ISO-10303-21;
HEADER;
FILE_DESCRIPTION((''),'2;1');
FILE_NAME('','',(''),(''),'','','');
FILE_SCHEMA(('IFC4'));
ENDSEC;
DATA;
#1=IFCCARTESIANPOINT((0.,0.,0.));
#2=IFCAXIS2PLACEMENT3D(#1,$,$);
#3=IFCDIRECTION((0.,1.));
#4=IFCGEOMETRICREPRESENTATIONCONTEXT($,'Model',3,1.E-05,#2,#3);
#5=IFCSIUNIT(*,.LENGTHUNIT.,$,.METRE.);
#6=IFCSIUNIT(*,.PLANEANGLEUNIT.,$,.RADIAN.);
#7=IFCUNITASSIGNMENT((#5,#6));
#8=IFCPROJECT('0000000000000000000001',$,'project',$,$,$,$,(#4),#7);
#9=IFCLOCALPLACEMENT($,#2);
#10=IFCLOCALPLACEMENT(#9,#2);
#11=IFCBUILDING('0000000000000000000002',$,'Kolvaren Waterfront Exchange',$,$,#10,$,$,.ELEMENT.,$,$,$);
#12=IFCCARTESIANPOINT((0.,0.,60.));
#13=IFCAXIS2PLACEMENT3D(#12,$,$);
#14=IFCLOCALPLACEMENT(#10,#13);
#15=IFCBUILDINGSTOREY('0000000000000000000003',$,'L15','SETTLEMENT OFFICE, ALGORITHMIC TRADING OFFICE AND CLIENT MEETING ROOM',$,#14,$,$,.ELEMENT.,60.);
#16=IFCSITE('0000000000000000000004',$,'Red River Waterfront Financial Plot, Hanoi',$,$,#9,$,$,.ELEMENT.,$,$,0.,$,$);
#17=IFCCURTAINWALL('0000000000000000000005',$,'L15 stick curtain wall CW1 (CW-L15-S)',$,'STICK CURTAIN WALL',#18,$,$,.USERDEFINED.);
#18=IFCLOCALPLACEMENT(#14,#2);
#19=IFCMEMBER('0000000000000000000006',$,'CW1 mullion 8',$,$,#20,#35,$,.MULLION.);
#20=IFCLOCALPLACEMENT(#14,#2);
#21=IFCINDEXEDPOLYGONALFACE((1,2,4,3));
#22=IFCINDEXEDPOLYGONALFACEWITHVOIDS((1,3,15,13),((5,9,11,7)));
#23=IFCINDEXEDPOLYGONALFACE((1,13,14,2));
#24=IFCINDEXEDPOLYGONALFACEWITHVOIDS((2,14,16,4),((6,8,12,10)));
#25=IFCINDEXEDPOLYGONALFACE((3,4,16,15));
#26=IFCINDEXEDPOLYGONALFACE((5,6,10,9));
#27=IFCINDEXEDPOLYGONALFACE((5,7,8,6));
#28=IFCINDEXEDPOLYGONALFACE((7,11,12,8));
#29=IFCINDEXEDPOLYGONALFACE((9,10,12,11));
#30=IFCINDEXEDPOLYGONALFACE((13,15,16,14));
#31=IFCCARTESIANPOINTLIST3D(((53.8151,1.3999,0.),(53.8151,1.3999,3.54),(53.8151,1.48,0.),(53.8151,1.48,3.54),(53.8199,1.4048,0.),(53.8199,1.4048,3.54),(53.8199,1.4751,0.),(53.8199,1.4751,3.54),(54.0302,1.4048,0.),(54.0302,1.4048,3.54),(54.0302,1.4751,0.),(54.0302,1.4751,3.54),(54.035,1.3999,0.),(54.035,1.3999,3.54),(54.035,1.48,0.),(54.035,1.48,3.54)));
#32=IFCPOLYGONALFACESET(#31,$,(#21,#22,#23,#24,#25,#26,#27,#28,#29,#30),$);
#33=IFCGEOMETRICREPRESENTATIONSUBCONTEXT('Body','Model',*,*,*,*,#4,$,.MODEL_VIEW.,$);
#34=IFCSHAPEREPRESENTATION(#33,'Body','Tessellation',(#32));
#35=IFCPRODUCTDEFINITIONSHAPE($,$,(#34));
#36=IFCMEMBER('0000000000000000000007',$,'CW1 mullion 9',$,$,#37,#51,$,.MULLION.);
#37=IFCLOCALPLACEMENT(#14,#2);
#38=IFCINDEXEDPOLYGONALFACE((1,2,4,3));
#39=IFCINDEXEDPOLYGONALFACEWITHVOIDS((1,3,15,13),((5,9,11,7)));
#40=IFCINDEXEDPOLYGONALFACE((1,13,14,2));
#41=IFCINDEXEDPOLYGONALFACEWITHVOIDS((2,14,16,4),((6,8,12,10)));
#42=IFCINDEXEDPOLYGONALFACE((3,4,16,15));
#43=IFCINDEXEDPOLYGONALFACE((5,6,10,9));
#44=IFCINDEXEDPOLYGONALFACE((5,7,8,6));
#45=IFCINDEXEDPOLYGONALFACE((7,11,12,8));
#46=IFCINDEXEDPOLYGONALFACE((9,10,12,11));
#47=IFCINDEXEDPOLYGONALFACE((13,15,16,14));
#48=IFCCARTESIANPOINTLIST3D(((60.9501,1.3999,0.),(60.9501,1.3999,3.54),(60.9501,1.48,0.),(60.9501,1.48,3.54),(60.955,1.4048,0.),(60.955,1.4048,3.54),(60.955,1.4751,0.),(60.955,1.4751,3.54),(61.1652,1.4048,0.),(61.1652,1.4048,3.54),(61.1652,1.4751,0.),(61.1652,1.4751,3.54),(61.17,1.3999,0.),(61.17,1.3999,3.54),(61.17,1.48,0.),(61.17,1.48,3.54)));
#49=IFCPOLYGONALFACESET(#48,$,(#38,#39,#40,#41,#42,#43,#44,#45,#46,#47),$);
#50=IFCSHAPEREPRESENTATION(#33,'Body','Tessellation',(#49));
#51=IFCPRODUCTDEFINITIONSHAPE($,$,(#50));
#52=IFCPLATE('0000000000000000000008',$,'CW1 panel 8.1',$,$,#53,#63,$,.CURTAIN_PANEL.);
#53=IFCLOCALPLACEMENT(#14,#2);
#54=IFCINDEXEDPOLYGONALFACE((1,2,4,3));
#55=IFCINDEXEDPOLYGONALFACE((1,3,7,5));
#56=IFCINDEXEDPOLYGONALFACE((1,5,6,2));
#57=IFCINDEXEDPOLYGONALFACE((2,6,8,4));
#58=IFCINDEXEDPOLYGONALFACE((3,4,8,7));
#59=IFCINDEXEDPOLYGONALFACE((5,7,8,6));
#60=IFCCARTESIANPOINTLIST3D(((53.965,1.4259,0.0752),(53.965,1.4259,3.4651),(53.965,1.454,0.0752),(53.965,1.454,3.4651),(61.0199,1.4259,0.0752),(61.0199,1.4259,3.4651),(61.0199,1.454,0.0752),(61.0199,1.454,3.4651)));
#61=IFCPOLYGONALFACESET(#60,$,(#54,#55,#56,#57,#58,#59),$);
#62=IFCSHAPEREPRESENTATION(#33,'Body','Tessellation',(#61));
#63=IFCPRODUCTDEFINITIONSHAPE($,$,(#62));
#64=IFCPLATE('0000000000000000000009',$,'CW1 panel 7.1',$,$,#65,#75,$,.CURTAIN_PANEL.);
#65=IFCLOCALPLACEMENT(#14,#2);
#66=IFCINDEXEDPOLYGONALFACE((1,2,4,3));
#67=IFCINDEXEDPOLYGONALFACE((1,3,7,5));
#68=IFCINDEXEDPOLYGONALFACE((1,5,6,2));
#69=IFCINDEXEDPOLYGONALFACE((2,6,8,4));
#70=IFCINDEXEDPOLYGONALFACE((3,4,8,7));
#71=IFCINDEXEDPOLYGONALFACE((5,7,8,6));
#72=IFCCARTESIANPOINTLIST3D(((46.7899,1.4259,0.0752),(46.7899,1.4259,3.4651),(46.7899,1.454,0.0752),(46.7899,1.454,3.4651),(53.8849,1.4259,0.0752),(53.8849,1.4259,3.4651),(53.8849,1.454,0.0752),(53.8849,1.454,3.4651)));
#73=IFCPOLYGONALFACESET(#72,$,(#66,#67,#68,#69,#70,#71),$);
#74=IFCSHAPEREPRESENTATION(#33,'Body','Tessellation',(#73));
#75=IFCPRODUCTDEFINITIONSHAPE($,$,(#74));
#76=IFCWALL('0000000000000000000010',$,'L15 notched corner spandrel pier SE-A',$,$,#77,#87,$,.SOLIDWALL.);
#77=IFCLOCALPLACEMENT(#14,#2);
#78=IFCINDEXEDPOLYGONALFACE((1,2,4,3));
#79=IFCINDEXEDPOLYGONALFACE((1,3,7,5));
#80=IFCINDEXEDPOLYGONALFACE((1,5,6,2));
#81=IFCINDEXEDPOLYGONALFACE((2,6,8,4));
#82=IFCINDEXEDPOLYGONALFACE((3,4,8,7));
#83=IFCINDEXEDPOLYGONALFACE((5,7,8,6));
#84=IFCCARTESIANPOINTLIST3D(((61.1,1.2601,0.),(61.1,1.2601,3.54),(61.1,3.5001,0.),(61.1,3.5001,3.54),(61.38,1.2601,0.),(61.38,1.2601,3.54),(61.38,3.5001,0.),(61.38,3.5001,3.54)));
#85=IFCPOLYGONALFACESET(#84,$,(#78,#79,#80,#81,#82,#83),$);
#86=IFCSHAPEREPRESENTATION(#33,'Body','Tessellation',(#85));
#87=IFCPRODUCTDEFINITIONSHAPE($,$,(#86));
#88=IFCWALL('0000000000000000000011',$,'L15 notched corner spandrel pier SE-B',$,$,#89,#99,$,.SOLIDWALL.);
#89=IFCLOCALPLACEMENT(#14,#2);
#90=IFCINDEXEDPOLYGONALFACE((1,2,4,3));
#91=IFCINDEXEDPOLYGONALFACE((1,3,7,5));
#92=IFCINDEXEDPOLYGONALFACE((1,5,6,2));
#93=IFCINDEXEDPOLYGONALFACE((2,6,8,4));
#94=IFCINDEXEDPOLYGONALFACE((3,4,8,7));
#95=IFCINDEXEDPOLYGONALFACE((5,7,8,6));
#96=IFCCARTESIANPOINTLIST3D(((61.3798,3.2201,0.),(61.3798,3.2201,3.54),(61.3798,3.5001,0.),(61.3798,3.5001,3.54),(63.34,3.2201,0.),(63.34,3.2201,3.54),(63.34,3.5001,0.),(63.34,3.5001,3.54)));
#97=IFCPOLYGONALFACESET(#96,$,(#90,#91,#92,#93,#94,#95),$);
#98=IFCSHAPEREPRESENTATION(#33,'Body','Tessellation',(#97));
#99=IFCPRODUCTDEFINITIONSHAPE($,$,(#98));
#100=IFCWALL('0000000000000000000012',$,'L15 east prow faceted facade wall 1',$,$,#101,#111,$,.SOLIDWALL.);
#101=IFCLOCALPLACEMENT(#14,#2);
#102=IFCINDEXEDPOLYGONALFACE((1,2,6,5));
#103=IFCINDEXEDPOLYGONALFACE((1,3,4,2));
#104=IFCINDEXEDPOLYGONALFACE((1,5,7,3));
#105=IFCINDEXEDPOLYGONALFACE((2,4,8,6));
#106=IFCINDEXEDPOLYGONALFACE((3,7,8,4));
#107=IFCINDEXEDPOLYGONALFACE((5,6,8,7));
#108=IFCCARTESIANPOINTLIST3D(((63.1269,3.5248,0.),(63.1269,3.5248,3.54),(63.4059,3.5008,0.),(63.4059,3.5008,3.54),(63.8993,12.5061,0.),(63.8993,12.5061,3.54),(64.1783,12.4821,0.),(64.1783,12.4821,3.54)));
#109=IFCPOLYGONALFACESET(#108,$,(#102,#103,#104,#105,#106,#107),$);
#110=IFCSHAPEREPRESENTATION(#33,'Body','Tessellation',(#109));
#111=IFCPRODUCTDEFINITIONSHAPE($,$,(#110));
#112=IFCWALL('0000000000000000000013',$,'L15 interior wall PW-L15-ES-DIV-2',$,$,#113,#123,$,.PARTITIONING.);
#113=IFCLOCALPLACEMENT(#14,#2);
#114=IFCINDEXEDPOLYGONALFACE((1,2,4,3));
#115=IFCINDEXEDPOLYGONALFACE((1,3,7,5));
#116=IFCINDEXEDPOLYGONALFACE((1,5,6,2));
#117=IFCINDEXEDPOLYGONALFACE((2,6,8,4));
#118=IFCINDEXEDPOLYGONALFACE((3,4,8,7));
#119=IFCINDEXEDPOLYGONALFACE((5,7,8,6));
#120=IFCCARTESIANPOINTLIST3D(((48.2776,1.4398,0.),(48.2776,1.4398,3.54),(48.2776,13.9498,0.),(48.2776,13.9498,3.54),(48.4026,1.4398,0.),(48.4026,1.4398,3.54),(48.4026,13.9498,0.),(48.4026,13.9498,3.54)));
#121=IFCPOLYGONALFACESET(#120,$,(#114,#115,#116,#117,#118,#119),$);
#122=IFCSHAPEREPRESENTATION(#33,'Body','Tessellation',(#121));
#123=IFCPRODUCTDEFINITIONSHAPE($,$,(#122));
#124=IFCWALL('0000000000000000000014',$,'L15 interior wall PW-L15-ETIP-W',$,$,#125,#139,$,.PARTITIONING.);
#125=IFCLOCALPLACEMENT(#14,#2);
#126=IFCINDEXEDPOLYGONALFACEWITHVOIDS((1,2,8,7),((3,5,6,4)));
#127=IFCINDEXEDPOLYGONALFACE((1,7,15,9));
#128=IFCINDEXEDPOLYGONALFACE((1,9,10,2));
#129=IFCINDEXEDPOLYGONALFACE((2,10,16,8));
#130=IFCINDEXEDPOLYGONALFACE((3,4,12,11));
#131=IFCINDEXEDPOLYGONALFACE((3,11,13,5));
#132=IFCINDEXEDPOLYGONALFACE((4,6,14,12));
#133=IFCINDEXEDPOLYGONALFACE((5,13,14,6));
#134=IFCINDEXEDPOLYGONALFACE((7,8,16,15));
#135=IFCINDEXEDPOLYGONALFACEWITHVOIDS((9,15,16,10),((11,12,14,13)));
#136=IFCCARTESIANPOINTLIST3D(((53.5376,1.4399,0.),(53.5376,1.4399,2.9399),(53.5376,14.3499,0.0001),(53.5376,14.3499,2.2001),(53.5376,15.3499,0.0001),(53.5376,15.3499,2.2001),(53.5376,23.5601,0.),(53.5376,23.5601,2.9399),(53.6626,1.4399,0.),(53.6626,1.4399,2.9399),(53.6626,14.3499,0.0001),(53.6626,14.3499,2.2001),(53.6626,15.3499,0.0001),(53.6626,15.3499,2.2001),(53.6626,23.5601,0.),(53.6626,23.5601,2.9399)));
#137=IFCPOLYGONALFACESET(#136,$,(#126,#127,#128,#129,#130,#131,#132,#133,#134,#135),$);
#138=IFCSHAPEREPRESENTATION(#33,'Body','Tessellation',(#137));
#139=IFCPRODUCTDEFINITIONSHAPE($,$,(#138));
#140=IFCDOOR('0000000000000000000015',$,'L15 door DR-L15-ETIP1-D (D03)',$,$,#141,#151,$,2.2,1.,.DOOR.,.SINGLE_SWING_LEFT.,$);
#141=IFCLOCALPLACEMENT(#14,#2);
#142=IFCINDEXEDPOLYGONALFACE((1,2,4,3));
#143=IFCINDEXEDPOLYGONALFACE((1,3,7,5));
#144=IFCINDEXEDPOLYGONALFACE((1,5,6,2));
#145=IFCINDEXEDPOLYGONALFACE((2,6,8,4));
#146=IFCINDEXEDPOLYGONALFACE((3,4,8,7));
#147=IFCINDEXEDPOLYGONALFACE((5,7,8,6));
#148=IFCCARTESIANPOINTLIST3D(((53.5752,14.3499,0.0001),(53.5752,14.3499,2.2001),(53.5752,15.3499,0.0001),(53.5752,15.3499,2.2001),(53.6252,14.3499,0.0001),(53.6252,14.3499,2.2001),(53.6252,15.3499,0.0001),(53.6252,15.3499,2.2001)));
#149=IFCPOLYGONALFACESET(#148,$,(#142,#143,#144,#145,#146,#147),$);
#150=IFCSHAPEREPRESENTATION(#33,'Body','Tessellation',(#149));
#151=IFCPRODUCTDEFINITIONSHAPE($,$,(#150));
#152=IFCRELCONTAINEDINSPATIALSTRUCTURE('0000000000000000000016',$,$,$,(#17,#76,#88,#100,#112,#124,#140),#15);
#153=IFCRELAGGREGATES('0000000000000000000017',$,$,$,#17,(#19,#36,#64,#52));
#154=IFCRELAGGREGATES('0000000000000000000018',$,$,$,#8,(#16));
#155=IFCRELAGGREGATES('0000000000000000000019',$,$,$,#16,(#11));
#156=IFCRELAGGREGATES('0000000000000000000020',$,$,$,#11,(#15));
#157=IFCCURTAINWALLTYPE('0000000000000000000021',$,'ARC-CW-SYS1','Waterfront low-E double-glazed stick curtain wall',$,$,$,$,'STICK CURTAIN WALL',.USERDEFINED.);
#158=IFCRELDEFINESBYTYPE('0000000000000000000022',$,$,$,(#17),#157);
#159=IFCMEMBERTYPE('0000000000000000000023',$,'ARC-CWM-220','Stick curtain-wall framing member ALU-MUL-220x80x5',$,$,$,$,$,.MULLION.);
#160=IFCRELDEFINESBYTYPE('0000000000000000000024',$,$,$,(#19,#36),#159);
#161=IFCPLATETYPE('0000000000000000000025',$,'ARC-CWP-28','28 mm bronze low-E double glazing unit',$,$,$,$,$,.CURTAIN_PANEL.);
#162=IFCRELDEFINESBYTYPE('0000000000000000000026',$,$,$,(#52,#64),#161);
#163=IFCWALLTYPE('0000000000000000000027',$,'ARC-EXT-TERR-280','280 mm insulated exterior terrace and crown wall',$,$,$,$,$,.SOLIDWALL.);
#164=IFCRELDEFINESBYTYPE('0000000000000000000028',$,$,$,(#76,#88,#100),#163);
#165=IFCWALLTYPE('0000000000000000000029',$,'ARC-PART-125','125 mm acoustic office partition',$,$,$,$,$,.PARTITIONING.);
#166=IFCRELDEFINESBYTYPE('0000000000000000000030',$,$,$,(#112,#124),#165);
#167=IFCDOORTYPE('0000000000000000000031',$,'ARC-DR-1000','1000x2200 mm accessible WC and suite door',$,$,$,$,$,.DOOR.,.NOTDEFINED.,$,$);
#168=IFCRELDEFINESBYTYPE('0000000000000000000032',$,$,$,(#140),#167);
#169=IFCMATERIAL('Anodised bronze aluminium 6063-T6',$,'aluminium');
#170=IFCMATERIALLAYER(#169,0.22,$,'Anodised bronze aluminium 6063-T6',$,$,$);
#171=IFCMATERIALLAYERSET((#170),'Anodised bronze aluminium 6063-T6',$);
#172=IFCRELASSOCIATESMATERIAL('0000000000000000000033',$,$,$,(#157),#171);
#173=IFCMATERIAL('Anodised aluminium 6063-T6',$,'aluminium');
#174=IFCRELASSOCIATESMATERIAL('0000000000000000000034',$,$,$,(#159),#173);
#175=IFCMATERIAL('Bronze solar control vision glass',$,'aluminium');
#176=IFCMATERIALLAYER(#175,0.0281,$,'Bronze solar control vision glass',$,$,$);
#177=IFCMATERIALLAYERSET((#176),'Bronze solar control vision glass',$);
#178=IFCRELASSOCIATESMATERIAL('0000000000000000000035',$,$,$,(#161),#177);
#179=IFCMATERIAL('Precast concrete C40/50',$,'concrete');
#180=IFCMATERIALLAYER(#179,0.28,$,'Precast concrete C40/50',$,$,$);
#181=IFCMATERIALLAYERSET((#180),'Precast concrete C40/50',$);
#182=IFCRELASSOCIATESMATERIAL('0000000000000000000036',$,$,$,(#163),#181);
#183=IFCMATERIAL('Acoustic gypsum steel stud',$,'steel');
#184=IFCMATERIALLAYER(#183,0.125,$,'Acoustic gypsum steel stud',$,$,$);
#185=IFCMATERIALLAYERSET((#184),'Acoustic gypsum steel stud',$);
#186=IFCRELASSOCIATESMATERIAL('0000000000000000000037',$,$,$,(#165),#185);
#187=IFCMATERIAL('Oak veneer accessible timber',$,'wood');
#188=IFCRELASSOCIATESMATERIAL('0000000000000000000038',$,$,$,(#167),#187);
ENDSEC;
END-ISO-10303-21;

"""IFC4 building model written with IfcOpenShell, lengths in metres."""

from ifc_helpers import new_model, si_unit, direction, frame, frame_2d, origin, origin_with_axes, origin_2d, place, context, subcontext, project, spatial, rectangle, hollow_rectangle, extrude, source, transform, mapped, material, layer, layer_set, material_profile, profile_set, type_object, element, fill, aggregate, save


model = new_model("IFC4")

# Units and contexts
model_context = context("Model", 3, precision=1e-05, world=origin(), true_north=direction((0.0, 1.0)))
body_context = subcontext(model_context, "Body", "Model", "MODEL_VIEW")
ifc_project = project(units=[si_unit("LENGTHUNIT", "METRE"), si_unit("PLANEANGLEUNIT", "RADIAN")], contexts=[model_context])

# Site, building, storey
site_placement = place(None, origin())
site = spatial("IfcSite", under=ifc_project, at=site_placement, Name="Red River Waterfront Financial Plot, Hanoi", CompositionType="ELEMENT", RefElevation=0.0)
building_placement = place(site_placement, origin())
building = spatial("IfcBuilding", under=site, at=building_placement, Name="Kolvaren Waterfront Exchange", CompositionType="ELEMENT")
storey_placement = place(building_placement, frame((0.0, 0.0, 60.0)))
storey = spatial("IfcBuildingStorey", under=building, at=storey_placement, Name="L15", Description="SETTLEMENT OFFICE, ALGORITHMIC TRADING OFFICE AND CLIENT MEETING ROOM", CompositionType="ELEMENT", Elevation=60.0)

# Curtain wall, members, plates
ifc_material_1 = material(Name="Anodised bronze aluminium 6063-T6", Category="aluminium")
ifc_layer_1 = layer(ifc_material_1, 0.22, Name="Anodised bronze aluminium 6063-T6")
ifc_layer_set_1 = layer_set([ifc_layer_1], Name="Anodised bronze aluminium 6063-T6")
curtain_wall_type = type_object("IfcCurtainWallType", Name="ARC-CW-SYS1", Description="Waterfront low-E double-glazed stick curtain wall", ElementType="STICK CURTAIN WALL", PredefinedType="USERDEFINED", material=ifc_layer_set_1)
curtain_wall_placement = place(storey_placement, origin())
curtain_wall = element("IfcCurtainWall", 1, at=curtain_wall_placement, inside=storey, type_object=curtain_wall_type, Name="L15 stick curtain wall CW1 (CW-L15-S)", ObjectType="STICK CURTAIN WALL", PredefinedType="USERDEFINED")
ifc_material_2 = material(Name="Anodised aluminium 6063-T6", Category="aluminium")
ifc_material_profile_1 = material_profile(ifc_material_2, hollow_rectangle(XDim=0.0801, YDim=0.22, WallThickness=0.0049, at=origin_2d()), Name="ALU-MUL-220x80x5")
ifc_profile_set_1 = profile_set([ifc_material_profile_1], Name="Anodised aluminium 6063-T6")
member_type_1 = type_object("IfcMemberType", Name="ARC-CWM-220", Description="Stick curtain-wall framing member ALU-MUL-220x80x5", PredefinedType="MULLION", material=ifc_profile_set_1)
shared_shape_1 = source(origin_with_axes(), body_context, "Body", "SweptSolid", [
    extrude(hollow_rectangle(XDim=0.0801, YDim=0.22, WallThickness=0.0049, at=origin_2d()), origin(), (0.0, 0.0, 1.0), 3.54),
])
member_1_placement = place(storey_placement, frame((53.925, 1.4399, 0.0), z_axis=(0.0, 0.0, 1.0), x_axis=(0.0, 1.0, 0.0)))
member_1 = element("IfcMember", 2, at=member_1_placement, type_object=member_type_1, Name="CW1 mullion 8", PredefinedType="MULLION", context=body_context, shape_type="MappedRepresentation", body=[
    mapped(shared_shape_1, transform((0.0, 0.0, 0.0), x_axis=(1.0, 0.0, 0.0), y_axis=(0.0, 1.0, 0.0), z_axis=(0.0, 0.0, 1.0), scale=1.0)),
])
member_2_placement = place(storey_placement, frame((61.0601, 1.4399, 0.0), z_axis=(0.0, 0.0, 1.0), x_axis=(0.0, 1.0, 0.0)))
member_2 = element("IfcMember", 3, at=member_2_placement, type_object=member_type_1, Name="CW1 mullion 9", PredefinedType="MULLION", context=body_context, shape_type="MappedRepresentation", body=[
    mapped(shared_shape_1, transform((0.0, 0.0, 0.0), x_axis=(1.0, 0.0, 0.0), y_axis=(0.0, 1.0, 0.0), z_axis=(0.0, 0.0, 1.0), scale=1.0)),
])
ifc_material_3 = material(Name="Bronze solar control vision glass", Category="aluminium")
ifc_layer_2 = layer(ifc_material_3, 0.0281, Name="Bronze solar control vision glass")
ifc_layer_set_2 = layer_set([ifc_layer_2], Name="Bronze solar control vision glass")
plate_type = type_object("IfcPlateType", Name="ARC-CWP-28", Description="28 mm bronze low-E double glazing unit", PredefinedType="CURTAIN_PANEL", material=ifc_layer_set_2)
shared_shape_2 = source(origin_with_axes(), body_context, "Body", "SweptSolid", [
    extrude(rectangle(XDim=7.0549, YDim=0.0281, at=origin_2d()), origin(), (0.0, 0.0, 1.0), 3.3899),
])
plate_1_placement = place(storey_placement, frame((57.4924, 1.4399, 0.0752), z_axis=(0.0, 0.0, 1.0), x_axis=(1.0, 0.0, 0.0)))
plate_1 = element("IfcPlate", 4, at=plate_1_placement, type_object=plate_type, Name="CW1 panel 8.1", PredefinedType="CURTAIN_PANEL", context=body_context, shape_type="MappedRepresentation", body=[
    mapped(shared_shape_2, transform((0.0, 0.0, 0.0), x_axis=(1.0, 0.0, 0.0), y_axis=(0.0, 1.0, 0.0), z_axis=(0.0, 0.0, 1.0), scale=1.0)),
])
shared_shape_3 = source(origin_with_axes(), body_context, "Body", "SweptSolid", [
    extrude(rectangle(XDim=7.095, YDim=0.0281, at=origin_2d()), origin(), (0.0, 0.0, 1.0), 3.3899),
])
plate_2_placement = place(storey_placement, frame((50.3374, 1.4399, 0.0752), z_axis=(0.0, 0.0, 1.0), x_axis=(1.0, 0.0, 0.0)))
plate_2 = element("IfcPlate", 5, at=plate_2_placement, type_object=plate_type, Name="CW1 panel 7.1", PredefinedType="CURTAIN_PANEL", context=body_context, shape_type="MappedRepresentation", body=[
    mapped(shared_shape_3, transform((0.0, 0.0, 0.0), x_axis=(1.0, 0.0, 0.0), y_axis=(0.0, 1.0, 0.0), z_axis=(0.0, 0.0, 1.0), scale=1.0)),
])
aggregate(curtain_wall, [member_1, member_2, plate_2, plate_1])

# Walls
ifc_material_4 = material(Name="Precast concrete C40/50", Category="concrete")
ifc_layer_3 = layer(ifc_material_4, 0.28, Name="Precast concrete C40/50")
ifc_layer_set_3 = layer_set([ifc_layer_3], Name="Precast concrete C40/50")
wall_type_1 = type_object("IfcWallType", Name="ARC-EXT-TERR-280", Description="280 mm insulated exterior terrace and crown wall", PredefinedType="SOLIDWALL", material=ifc_layer_set_3)
wall_1_placement = place(storey_placement, frame((61.24, 1.26, 0.0), z_axis=(0.0, 0.0, 1.0), x_axis=(0.0, 1.0, 0.0)))
element("IfcWall", 6, at=wall_1_placement, inside=storey, type_object=wall_type_1, Name="L15 notched corner spandrel pier SE-A", PredefinedType="SOLIDWALL", context=body_context, shape_type="SweptSolid", body=[
    extrude(rectangle(XDim=2.24, YDim=0.28, at=frame_2d((1.1201, 0.0))), origin(), (0.0, 0.0, 1.0), 3.54),
])
wall_2_placement = place(storey_placement, frame((61.3799, 3.3601, 0.0), z_axis=(0.0, 0.0, 1.0), x_axis=(1.0, 0.0, 0.0)))
element("IfcWall", 7, at=wall_2_placement, inside=storey, type_object=wall_type_1, Name="L15 notched corner spandrel pier SE-B", PredefinedType="SOLIDWALL", context=body_context, shape_type="SweptSolid", body=[
    extrude(rectangle(XDim=1.9602, YDim=0.28, at=frame_2d((0.98, 0.0))), origin(), (0.0, 0.0, 1.0), 3.54),
])
wall_3_placement = place(storey_placement, frame((63.2664, 3.5127, 0.0), z_axis=(0.0, 0.0, 1.0), x_axis=(0.085692, 0.996322, 0.0)))
element("IfcWall", 8, at=wall_3_placement, inside=storey, type_object=wall_type_1, Name="L15 east prow faceted facade wall 1", PredefinedType="SOLIDWALL", context=body_context, shape_type="SweptSolid", body=[
    extrude(rectangle(XDim=9.0144, YDim=0.28, at=frame_2d((4.5073, 0.0))), origin(), (0.0, 0.0, 1.0), 3.54),
])
ifc_material_5 = material(Name="Acoustic gypsum steel stud", Category="steel")
ifc_layer_4 = layer(ifc_material_5, 0.125, Name="Acoustic gypsum steel stud")
ifc_layer_set_4 = layer_set([ifc_layer_4], Name="Acoustic gypsum steel stud")
wall_type_2 = type_object("IfcWallType", Name="ARC-PART-125", Description="125 mm acoustic office partition", PredefinedType="PARTITIONING", material=ifc_layer_set_4)
wall_4_placement = place(storey_placement, frame((48.3401, 1.4399, 0.0), z_axis=(0.0, 0.0, 1.0), x_axis=(0.0, 1.0, 0.0)))
element("IfcWall", 9, at=wall_4_placement, inside=storey, type_object=wall_type_2, Name="L15 interior wall PW-L15-ES-DIV-2", PredefinedType="PARTITIONING", context=body_context, shape_type="SweptSolid", body=[
    extrude(rectangle(XDim=12.51, YDim=0.125, at=frame_2d((6.2549, 0.0))), origin(), (0.0, 0.0, 1.0), 3.54),
])

# Wall, opening, door
wall_5_placement = place(storey_placement, frame((53.6001, 1.4399, 0.0), z_axis=(0.0, 0.0, 1.0), x_axis=(0.0, 1.0, 0.0)))
wall_5 = element("IfcWall", 10, at=wall_5_placement, inside=storey, type_object=wall_type_2, Name="L15 interior wall PW-L15-ETIP-W", PredefinedType="PARTITIONING", context=body_context, shape_type="SweptSolid", body=[
    extrude(rectangle(XDim=22.1201, YDim=0.125, at=frame_2d((11.0601, 0.0))), origin(), (0.0, 0.0, 1.0), 2.9399),
])
opening_placement = place(wall_5_placement, frame((12.9099, 0.0, 0.0)))
opening = element("IfcOpeningElement", 11, at=opening_placement, cuts=wall_5, PredefinedType="OPENING", context=body_context, shape_type="SweptSolid", body=[
    extrude(rectangle(XDim=1.0, YDim=2.2, at=frame_2d((0.5, 1.1001))), frame((0.0, 0.0725, 0.0), z_axis=(0.0, -1.0, 0.0), x_axis=(1.0, 0.0, 0.0)), (0.0, 0.0, 1.0), 0.145),
])
ifc_material_6 = material(Name="Oak veneer accessible timber", Category="wood")
door_type = type_object("IfcDoorType", Name="ARC-DR-1000", Description="1000x2200 mm accessible WC and suite door", OperationType="NOTDEFINED", PredefinedType="DOOR", material=ifc_material_6)
door_placement = place(opening_placement, origin())
door = element("IfcDoor", 12, at=door_placement, inside=storey, type_object=door_type, Name="L15 door DR-L15-ETIP1-D (D03)", OperationType="SINGLE_SWING_LEFT", OverallHeight=2.2, OverallWidth=1.0, PredefinedType="DOOR", context=body_context, shape_type="SweptSolid", body=[
    extrude(rectangle(XDim=1.0, YDim=2.2, at=frame_2d((0.5, 1.1001))), frame((0.0, 0.0249, 0.0), z_axis=(0.0, -1.0, 0.0), x_axis=(1.0, 0.0, 0.0)), (0.0, 0.0, 1.0), 0.05),
])
fill(opening, door)

save(model, "model.ifc")
